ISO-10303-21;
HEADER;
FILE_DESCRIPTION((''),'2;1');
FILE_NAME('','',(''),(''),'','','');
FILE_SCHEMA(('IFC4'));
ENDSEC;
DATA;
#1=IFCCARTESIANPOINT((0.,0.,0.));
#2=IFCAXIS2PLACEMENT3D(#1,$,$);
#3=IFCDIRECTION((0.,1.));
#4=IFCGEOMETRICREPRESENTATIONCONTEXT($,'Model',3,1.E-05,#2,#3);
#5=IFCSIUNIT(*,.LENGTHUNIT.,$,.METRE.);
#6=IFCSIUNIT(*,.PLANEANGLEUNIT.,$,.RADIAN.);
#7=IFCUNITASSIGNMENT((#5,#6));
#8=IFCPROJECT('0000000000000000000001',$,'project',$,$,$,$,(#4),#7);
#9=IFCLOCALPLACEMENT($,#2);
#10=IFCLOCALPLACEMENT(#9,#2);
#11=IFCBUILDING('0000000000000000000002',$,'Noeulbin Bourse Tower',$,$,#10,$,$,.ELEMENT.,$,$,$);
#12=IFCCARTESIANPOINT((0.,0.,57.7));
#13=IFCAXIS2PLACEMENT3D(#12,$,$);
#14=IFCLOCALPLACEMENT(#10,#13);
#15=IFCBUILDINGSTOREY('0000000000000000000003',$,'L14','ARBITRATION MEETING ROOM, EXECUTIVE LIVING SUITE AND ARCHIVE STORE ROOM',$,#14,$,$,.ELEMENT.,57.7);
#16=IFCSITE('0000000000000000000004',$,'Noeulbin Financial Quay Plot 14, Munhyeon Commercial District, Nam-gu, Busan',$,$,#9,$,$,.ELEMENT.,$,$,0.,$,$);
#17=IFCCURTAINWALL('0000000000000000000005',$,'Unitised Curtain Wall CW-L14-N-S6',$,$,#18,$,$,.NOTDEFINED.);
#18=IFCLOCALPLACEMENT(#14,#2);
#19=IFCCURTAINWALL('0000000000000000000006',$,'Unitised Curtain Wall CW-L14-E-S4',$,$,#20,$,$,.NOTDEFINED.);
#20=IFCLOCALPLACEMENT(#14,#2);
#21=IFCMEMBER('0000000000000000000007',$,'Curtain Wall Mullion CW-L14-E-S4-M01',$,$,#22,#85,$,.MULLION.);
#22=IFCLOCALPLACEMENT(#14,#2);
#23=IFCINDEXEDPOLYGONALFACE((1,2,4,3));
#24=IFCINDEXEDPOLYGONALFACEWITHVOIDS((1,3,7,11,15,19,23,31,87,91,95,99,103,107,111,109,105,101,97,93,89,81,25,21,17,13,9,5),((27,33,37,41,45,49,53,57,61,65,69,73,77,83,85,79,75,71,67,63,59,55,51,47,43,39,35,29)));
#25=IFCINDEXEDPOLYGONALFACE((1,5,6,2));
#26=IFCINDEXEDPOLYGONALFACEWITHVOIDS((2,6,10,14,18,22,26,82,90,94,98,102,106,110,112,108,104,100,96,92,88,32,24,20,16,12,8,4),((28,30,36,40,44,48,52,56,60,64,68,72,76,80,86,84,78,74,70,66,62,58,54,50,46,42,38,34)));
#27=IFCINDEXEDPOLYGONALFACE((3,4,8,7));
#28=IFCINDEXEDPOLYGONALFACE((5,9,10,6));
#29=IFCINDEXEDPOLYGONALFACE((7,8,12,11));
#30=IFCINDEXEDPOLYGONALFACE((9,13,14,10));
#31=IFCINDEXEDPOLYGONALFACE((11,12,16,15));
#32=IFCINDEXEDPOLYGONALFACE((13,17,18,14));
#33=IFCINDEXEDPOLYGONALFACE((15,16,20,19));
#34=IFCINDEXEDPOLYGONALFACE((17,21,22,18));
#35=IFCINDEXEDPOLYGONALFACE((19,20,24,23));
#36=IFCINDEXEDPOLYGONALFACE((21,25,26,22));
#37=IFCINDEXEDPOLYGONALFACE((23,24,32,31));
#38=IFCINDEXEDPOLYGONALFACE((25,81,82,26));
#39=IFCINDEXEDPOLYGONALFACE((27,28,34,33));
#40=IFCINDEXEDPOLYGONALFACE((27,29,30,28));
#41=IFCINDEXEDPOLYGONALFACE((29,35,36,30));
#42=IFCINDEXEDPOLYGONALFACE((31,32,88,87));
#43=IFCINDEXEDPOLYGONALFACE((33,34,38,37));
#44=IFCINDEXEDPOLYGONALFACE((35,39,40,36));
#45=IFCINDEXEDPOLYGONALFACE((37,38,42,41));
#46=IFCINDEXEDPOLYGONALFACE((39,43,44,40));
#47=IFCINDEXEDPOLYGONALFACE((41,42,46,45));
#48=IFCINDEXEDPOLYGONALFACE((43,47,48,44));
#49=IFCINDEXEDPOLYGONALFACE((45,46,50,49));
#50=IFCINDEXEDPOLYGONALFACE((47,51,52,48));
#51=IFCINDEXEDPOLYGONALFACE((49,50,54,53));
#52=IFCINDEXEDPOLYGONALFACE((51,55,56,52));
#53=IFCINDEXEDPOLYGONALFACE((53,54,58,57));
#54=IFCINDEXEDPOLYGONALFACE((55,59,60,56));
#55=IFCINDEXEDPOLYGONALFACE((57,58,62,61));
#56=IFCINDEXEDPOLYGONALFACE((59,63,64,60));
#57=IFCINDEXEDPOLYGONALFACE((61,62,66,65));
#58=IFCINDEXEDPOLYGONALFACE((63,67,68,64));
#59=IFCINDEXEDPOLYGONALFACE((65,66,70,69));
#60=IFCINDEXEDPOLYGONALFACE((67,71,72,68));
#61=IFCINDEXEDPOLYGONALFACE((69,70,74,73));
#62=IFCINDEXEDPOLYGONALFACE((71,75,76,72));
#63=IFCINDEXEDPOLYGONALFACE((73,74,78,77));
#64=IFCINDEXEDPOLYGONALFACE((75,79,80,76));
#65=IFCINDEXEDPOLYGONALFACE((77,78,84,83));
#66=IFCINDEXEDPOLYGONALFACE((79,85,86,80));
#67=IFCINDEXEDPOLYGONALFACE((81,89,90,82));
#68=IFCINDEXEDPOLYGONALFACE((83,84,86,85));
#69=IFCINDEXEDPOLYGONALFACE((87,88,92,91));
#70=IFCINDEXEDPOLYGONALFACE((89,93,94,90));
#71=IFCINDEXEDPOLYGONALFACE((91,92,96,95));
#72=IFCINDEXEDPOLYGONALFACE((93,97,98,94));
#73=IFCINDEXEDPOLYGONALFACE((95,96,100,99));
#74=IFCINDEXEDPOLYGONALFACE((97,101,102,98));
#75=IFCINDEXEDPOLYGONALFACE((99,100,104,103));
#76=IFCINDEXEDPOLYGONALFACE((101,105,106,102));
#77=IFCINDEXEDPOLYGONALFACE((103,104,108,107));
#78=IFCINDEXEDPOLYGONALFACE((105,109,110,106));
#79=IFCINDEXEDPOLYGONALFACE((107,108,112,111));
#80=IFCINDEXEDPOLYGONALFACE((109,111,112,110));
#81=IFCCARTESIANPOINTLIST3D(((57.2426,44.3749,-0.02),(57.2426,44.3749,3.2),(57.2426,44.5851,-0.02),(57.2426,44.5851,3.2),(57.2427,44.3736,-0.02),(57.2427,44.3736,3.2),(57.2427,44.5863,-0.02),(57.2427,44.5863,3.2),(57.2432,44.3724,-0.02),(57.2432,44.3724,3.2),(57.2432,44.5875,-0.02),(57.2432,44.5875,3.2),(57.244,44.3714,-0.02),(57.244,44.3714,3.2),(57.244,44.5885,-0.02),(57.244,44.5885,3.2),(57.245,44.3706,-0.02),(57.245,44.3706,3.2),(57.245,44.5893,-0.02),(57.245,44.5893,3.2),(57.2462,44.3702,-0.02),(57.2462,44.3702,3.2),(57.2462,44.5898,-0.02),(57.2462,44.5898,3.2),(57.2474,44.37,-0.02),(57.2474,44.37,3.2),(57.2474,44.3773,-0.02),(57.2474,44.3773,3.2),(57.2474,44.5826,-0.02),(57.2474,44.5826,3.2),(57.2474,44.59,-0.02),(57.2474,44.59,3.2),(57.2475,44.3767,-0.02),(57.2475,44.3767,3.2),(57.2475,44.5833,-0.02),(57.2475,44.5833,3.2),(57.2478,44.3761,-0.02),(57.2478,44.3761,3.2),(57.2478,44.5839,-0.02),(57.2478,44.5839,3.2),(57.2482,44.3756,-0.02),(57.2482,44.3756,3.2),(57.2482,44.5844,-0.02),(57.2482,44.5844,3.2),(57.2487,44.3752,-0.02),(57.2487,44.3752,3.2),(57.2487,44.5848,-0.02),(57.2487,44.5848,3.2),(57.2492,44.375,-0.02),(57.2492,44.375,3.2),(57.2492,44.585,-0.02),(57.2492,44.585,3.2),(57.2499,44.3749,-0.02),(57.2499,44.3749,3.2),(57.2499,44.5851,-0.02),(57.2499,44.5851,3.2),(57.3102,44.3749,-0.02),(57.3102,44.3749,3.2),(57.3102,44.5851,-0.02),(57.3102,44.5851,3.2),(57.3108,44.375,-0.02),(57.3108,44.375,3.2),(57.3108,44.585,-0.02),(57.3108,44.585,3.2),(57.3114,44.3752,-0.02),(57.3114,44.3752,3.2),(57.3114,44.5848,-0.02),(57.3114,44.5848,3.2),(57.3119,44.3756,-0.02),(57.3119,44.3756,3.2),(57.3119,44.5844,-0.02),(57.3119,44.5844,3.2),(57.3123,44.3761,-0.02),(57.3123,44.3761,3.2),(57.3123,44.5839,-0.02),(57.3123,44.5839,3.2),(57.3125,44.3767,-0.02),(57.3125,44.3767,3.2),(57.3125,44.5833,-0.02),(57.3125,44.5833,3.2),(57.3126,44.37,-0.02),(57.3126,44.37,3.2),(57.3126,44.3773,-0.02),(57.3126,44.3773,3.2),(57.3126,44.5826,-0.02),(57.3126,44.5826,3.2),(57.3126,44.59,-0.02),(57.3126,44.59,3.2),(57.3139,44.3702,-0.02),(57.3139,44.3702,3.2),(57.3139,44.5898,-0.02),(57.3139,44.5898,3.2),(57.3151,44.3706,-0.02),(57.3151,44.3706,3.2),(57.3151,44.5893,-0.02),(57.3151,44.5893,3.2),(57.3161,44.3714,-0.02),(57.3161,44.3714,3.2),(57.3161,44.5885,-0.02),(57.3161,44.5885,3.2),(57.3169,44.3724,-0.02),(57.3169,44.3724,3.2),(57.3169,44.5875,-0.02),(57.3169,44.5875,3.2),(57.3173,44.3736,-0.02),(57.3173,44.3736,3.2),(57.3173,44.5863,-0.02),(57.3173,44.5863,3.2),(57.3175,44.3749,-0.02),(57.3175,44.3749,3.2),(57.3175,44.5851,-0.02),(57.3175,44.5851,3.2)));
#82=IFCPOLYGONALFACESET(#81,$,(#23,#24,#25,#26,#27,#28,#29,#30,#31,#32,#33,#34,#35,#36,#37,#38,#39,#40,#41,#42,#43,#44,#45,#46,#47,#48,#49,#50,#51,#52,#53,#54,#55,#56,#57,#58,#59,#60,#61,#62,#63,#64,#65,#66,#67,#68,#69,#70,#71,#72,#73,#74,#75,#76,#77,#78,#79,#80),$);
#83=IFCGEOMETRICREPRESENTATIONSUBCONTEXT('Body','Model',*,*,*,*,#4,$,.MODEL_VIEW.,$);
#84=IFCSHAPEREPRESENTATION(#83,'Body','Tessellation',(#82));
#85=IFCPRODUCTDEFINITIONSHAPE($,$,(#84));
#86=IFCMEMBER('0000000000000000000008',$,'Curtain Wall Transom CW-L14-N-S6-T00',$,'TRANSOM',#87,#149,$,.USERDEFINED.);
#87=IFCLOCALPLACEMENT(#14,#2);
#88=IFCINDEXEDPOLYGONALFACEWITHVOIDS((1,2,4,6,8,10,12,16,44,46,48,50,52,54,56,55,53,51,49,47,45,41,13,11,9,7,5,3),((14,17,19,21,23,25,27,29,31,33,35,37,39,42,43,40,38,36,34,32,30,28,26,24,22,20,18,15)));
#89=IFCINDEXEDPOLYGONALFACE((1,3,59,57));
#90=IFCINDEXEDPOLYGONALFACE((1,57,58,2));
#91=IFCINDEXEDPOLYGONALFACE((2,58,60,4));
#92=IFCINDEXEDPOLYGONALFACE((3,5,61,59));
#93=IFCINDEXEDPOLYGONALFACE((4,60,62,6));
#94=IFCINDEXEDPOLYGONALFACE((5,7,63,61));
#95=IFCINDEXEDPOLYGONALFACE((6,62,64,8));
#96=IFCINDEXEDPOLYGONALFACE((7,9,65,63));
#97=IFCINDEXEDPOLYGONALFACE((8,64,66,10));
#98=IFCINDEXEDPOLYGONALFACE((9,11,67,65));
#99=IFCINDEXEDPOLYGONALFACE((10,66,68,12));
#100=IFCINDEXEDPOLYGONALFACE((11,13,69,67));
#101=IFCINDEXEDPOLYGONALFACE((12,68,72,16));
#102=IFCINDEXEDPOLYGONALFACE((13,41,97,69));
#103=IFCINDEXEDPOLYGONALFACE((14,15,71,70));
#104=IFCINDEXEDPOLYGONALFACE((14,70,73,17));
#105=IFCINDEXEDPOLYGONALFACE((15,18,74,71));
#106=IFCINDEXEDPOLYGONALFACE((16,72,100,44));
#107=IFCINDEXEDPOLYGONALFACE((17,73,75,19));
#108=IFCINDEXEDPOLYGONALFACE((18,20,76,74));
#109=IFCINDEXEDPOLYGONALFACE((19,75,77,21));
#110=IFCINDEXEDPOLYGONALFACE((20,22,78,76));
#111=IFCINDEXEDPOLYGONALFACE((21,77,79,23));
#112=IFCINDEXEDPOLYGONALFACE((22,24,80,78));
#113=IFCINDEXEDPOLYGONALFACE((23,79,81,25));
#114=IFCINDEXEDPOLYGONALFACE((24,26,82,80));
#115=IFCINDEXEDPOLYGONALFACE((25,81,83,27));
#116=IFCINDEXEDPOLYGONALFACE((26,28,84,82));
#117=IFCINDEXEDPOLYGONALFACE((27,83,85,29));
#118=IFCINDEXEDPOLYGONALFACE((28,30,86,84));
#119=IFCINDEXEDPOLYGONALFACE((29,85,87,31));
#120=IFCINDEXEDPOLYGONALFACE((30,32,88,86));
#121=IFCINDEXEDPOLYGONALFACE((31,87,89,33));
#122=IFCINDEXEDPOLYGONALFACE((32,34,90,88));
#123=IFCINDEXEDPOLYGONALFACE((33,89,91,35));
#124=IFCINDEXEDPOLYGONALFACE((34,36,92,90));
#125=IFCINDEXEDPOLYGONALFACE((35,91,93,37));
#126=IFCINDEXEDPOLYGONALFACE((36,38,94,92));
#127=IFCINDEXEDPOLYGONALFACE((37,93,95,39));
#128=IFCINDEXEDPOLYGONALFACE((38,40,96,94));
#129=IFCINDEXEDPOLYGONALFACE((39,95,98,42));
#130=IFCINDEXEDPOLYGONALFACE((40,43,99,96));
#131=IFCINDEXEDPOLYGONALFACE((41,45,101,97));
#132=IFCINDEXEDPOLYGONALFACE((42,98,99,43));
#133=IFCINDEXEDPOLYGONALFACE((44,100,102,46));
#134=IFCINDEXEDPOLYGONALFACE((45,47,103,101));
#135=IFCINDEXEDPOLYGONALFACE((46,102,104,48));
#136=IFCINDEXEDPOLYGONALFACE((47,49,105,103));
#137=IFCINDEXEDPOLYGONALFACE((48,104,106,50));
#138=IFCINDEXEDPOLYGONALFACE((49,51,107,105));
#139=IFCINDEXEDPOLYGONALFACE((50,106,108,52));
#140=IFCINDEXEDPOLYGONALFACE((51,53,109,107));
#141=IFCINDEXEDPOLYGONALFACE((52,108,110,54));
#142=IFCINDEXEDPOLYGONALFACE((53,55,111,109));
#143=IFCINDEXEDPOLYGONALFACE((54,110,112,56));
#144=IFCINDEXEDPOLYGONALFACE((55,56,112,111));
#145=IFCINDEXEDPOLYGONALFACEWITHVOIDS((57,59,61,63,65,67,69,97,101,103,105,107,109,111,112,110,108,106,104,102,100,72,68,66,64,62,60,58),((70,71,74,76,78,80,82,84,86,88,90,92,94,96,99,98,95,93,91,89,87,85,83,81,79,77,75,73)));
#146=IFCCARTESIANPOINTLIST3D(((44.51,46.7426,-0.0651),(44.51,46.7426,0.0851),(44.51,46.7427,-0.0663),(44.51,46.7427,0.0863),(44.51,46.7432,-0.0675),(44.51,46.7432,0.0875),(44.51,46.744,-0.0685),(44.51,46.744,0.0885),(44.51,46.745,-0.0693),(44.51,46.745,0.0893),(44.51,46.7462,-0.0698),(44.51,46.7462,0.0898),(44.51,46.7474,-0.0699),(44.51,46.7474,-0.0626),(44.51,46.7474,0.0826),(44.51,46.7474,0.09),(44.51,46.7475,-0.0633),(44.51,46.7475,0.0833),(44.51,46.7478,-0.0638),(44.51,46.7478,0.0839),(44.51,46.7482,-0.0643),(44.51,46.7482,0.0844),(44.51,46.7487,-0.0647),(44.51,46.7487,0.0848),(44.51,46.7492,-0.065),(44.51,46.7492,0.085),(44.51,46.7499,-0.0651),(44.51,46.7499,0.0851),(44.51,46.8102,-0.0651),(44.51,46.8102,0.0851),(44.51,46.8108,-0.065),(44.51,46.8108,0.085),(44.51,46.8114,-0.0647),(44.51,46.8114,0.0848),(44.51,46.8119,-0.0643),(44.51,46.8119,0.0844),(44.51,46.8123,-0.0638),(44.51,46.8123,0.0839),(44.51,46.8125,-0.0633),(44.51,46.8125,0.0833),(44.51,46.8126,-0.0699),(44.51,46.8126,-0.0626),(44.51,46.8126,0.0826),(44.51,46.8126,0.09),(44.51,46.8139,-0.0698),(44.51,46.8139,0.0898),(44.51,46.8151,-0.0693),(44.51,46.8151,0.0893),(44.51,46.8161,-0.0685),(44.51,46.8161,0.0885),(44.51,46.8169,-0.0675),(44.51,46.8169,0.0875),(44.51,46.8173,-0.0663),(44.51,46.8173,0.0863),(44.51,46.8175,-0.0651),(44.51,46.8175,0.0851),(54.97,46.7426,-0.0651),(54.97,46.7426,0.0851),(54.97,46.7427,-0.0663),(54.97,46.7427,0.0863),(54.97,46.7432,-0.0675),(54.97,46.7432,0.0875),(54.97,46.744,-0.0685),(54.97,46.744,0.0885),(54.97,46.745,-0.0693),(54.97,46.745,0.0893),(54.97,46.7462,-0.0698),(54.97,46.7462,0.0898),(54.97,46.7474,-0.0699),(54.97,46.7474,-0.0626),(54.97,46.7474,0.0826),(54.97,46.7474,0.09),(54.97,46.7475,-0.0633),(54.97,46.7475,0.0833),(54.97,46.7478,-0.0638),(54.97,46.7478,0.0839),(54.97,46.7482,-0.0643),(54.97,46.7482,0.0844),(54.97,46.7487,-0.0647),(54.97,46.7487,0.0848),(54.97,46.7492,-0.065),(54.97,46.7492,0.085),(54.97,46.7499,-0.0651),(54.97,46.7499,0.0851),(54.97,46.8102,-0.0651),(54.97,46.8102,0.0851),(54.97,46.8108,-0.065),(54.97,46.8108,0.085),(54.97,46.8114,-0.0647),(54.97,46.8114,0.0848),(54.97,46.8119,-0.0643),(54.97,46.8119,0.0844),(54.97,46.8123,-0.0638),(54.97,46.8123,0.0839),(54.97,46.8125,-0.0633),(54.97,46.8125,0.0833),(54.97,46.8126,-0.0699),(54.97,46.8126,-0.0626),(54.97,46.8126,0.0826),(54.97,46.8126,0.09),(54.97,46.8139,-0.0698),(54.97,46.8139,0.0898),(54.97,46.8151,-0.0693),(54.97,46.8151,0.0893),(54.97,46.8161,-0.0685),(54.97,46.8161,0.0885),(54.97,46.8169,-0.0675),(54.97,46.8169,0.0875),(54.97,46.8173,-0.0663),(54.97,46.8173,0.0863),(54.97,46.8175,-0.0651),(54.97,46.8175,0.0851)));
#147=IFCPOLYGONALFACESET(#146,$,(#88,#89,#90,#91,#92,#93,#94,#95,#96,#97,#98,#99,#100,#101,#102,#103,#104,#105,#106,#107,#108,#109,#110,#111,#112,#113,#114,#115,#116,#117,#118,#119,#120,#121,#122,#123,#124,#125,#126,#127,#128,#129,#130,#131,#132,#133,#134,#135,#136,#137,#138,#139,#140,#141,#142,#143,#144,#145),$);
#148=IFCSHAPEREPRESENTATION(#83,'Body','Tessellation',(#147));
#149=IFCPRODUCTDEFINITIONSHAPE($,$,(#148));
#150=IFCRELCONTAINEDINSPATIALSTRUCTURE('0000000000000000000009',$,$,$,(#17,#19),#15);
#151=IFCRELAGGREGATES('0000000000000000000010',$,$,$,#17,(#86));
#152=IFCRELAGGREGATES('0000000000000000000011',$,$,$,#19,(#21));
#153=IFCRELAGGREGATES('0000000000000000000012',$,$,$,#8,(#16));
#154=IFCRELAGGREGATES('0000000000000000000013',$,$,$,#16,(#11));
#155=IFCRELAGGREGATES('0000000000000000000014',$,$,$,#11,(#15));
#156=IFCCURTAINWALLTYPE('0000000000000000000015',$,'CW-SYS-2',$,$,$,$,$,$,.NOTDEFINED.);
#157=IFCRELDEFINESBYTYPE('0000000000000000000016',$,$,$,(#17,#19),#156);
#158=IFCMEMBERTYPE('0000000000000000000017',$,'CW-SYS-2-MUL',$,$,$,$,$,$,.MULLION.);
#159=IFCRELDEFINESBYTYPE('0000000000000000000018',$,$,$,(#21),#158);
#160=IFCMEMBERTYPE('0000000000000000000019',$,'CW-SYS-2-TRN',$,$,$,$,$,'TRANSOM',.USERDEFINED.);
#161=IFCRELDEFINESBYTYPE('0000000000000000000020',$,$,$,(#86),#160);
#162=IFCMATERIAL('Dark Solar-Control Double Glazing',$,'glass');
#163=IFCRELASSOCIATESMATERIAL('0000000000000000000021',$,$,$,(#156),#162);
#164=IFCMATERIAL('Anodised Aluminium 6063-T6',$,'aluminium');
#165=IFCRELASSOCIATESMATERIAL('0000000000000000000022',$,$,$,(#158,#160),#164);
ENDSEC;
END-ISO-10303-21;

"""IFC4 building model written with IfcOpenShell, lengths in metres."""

from ifc_helpers import new_model, si_unit, direction, frame, origin, origin_2d, place, context, subcontext, project, spatial, hollow_rectangle, extrude, material, material_profile, profile_set, type_object, element, aggregate, save


model = new_model("IFC4")

# Units and contexts
model_context = context("Model", 3, precision=1e-05, world=origin(), true_north=direction((0.0, 1.0)))
body_context = subcontext(model_context, "Body", "Model", "MODEL_VIEW")
ifc_project = project(units=[si_unit("LENGTHUNIT", "METRE"), si_unit("PLANEANGLEUNIT", "RADIAN")], contexts=[model_context])

# Site, building, storey
site_placement = place(None, origin())
site = spatial("IfcSite", under=ifc_project, at=site_placement, Name="Noeulbin Financial Quay Plot 14, Munhyeon Commercial District, Nam-gu, Busan", CompositionType="ELEMENT", RefElevation=0.0)
building_placement = place(site_placement, origin())
building = spatial("IfcBuilding", under=site, at=building_placement, Name="Noeulbin Bourse Tower", CompositionType="ELEMENT")
storey_placement = place(building_placement, frame((0.0, 0.0, 57.7)))
storey = spatial("IfcBuildingStorey", under=building, at=storey_placement, Name="L14", Description="ARBITRATION MEETING ROOM, EXECUTIVE LIVING SUITE AND ARCHIVE STORE ROOM", CompositionType="ELEMENT", Elevation=57.7)

# Shared definitions
ifc_material_1 = material(Name="Dark Solar-Control Double Glazing", Category="glass")
curtain_wall_type = type_object("IfcCurtainWallType", Name="CW-SYS-2", PredefinedType="NOTDEFINED", material=ifc_material_1)
ifc_material_2 = material(Name="Anodised Aluminium 6063-T6", Category="aluminium")
ifc_material_profile_1 = material_profile(ifc_material_2, hollow_rectangle(XDim=0.075, YDim=0.22, WallThickness=0.0049, InnerFilletRadius=0.0024, OuterFilletRadius=0.0049, at=origin_2d()), Name="ALU-MULL-75x220x5", Category="LoadBearing")
ifc_profile_set_1 = profile_set([ifc_material_profile_1], Name="Anodised Aluminium 6063-T6")
member_type_1 = type_object("IfcMemberType", Name="CW-SYS-2-MUL", PredefinedType="MULLION", material=ifc_profile_set_1)

# Curtain walls, member
curtain_wall_1_placement = place(storey_placement, origin())
curtain_wall_1 = element("IfcCurtainWall", 1, at=curtain_wall_1_placement, inside=storey, type_object=curtain_wall_type, Name="Unitised Curtain Wall CW-L14-N-S6", PredefinedType="NOTDEFINED")
curtain_wall_2_placement = place(storey_placement, origin())
curtain_wall_2 = element("IfcCurtainWall", 2, at=curtain_wall_2_placement, inside=storey, type_object=curtain_wall_type, Name="Unitised Curtain Wall CW-L14-E-S4", PredefinedType="NOTDEFINED")
member_1_placement = place(storey_placement, frame((57.28, 44.48, -0.02), z_axis=(0.0, 0.0, 1.0), x_axis=(1.0, 0.0, 0.0)))
member_1 = element("IfcMember", 3, at=member_1_placement, type_object=member_type_1, Name="Curtain Wall Mullion CW-L14-E-S4-M01", PredefinedType="MULLION", context=body_context, shape_type="SweptSolid", body=[
    extrude(hollow_rectangle(XDim=0.075, YDim=0.22, WallThickness=0.0049, InnerFilletRadius=0.0024, OuterFilletRadius=0.0049, at=origin_2d()), origin(), (0.0, 0.0, 1.0), 3.22),
])

# Member
ifc_material_profile_2 = material_profile(ifc_material_2, hollow_rectangle(XDim=0.075, YDim=0.1599, WallThickness=0.0049, InnerFilletRadius=0.0024, OuterFilletRadius=0.0049, at=origin_2d()), Name="ALU-TRAN-75x160x5", Category="LoadBearing")
ifc_profile_set_2 = profile_set([ifc_material_profile_2], Name="Anodised Aluminium 6063-T6")
member_type_2 = type_object("IfcMemberType", Name="CW-SYS-2-TRN", ElementType="TRANSOM", PredefinedType="USERDEFINED", material=ifc_profile_set_2)
member_2_placement = place(storey_placement, frame((44.51, 46.78, 0.01), z_axis=(1.0, 0.0, 0.0), x_axis=(0.0, 1.0, 0.0)))
member_2 = element("IfcMember", 4, at=member_2_placement, type_object=member_type_2, Name="Curtain Wall Transom CW-L14-N-S6-T00", ObjectType="TRANSOM", PredefinedType="USERDEFINED", context=body_context, shape_type="SweptSolid", body=[
    extrude(hollow_rectangle(XDim=0.075, YDim=0.1599, WallThickness=0.0049, InnerFilletRadius=0.0024, OuterFilletRadius=0.0049, at=origin_2d()), origin(), (0.0, 0.0, 1.0), 10.46),
])

aggregate(curtain_wall_1, [member_2])
aggregate(curtain_wall_2, [member_1])

save(model, "model.ifc")
